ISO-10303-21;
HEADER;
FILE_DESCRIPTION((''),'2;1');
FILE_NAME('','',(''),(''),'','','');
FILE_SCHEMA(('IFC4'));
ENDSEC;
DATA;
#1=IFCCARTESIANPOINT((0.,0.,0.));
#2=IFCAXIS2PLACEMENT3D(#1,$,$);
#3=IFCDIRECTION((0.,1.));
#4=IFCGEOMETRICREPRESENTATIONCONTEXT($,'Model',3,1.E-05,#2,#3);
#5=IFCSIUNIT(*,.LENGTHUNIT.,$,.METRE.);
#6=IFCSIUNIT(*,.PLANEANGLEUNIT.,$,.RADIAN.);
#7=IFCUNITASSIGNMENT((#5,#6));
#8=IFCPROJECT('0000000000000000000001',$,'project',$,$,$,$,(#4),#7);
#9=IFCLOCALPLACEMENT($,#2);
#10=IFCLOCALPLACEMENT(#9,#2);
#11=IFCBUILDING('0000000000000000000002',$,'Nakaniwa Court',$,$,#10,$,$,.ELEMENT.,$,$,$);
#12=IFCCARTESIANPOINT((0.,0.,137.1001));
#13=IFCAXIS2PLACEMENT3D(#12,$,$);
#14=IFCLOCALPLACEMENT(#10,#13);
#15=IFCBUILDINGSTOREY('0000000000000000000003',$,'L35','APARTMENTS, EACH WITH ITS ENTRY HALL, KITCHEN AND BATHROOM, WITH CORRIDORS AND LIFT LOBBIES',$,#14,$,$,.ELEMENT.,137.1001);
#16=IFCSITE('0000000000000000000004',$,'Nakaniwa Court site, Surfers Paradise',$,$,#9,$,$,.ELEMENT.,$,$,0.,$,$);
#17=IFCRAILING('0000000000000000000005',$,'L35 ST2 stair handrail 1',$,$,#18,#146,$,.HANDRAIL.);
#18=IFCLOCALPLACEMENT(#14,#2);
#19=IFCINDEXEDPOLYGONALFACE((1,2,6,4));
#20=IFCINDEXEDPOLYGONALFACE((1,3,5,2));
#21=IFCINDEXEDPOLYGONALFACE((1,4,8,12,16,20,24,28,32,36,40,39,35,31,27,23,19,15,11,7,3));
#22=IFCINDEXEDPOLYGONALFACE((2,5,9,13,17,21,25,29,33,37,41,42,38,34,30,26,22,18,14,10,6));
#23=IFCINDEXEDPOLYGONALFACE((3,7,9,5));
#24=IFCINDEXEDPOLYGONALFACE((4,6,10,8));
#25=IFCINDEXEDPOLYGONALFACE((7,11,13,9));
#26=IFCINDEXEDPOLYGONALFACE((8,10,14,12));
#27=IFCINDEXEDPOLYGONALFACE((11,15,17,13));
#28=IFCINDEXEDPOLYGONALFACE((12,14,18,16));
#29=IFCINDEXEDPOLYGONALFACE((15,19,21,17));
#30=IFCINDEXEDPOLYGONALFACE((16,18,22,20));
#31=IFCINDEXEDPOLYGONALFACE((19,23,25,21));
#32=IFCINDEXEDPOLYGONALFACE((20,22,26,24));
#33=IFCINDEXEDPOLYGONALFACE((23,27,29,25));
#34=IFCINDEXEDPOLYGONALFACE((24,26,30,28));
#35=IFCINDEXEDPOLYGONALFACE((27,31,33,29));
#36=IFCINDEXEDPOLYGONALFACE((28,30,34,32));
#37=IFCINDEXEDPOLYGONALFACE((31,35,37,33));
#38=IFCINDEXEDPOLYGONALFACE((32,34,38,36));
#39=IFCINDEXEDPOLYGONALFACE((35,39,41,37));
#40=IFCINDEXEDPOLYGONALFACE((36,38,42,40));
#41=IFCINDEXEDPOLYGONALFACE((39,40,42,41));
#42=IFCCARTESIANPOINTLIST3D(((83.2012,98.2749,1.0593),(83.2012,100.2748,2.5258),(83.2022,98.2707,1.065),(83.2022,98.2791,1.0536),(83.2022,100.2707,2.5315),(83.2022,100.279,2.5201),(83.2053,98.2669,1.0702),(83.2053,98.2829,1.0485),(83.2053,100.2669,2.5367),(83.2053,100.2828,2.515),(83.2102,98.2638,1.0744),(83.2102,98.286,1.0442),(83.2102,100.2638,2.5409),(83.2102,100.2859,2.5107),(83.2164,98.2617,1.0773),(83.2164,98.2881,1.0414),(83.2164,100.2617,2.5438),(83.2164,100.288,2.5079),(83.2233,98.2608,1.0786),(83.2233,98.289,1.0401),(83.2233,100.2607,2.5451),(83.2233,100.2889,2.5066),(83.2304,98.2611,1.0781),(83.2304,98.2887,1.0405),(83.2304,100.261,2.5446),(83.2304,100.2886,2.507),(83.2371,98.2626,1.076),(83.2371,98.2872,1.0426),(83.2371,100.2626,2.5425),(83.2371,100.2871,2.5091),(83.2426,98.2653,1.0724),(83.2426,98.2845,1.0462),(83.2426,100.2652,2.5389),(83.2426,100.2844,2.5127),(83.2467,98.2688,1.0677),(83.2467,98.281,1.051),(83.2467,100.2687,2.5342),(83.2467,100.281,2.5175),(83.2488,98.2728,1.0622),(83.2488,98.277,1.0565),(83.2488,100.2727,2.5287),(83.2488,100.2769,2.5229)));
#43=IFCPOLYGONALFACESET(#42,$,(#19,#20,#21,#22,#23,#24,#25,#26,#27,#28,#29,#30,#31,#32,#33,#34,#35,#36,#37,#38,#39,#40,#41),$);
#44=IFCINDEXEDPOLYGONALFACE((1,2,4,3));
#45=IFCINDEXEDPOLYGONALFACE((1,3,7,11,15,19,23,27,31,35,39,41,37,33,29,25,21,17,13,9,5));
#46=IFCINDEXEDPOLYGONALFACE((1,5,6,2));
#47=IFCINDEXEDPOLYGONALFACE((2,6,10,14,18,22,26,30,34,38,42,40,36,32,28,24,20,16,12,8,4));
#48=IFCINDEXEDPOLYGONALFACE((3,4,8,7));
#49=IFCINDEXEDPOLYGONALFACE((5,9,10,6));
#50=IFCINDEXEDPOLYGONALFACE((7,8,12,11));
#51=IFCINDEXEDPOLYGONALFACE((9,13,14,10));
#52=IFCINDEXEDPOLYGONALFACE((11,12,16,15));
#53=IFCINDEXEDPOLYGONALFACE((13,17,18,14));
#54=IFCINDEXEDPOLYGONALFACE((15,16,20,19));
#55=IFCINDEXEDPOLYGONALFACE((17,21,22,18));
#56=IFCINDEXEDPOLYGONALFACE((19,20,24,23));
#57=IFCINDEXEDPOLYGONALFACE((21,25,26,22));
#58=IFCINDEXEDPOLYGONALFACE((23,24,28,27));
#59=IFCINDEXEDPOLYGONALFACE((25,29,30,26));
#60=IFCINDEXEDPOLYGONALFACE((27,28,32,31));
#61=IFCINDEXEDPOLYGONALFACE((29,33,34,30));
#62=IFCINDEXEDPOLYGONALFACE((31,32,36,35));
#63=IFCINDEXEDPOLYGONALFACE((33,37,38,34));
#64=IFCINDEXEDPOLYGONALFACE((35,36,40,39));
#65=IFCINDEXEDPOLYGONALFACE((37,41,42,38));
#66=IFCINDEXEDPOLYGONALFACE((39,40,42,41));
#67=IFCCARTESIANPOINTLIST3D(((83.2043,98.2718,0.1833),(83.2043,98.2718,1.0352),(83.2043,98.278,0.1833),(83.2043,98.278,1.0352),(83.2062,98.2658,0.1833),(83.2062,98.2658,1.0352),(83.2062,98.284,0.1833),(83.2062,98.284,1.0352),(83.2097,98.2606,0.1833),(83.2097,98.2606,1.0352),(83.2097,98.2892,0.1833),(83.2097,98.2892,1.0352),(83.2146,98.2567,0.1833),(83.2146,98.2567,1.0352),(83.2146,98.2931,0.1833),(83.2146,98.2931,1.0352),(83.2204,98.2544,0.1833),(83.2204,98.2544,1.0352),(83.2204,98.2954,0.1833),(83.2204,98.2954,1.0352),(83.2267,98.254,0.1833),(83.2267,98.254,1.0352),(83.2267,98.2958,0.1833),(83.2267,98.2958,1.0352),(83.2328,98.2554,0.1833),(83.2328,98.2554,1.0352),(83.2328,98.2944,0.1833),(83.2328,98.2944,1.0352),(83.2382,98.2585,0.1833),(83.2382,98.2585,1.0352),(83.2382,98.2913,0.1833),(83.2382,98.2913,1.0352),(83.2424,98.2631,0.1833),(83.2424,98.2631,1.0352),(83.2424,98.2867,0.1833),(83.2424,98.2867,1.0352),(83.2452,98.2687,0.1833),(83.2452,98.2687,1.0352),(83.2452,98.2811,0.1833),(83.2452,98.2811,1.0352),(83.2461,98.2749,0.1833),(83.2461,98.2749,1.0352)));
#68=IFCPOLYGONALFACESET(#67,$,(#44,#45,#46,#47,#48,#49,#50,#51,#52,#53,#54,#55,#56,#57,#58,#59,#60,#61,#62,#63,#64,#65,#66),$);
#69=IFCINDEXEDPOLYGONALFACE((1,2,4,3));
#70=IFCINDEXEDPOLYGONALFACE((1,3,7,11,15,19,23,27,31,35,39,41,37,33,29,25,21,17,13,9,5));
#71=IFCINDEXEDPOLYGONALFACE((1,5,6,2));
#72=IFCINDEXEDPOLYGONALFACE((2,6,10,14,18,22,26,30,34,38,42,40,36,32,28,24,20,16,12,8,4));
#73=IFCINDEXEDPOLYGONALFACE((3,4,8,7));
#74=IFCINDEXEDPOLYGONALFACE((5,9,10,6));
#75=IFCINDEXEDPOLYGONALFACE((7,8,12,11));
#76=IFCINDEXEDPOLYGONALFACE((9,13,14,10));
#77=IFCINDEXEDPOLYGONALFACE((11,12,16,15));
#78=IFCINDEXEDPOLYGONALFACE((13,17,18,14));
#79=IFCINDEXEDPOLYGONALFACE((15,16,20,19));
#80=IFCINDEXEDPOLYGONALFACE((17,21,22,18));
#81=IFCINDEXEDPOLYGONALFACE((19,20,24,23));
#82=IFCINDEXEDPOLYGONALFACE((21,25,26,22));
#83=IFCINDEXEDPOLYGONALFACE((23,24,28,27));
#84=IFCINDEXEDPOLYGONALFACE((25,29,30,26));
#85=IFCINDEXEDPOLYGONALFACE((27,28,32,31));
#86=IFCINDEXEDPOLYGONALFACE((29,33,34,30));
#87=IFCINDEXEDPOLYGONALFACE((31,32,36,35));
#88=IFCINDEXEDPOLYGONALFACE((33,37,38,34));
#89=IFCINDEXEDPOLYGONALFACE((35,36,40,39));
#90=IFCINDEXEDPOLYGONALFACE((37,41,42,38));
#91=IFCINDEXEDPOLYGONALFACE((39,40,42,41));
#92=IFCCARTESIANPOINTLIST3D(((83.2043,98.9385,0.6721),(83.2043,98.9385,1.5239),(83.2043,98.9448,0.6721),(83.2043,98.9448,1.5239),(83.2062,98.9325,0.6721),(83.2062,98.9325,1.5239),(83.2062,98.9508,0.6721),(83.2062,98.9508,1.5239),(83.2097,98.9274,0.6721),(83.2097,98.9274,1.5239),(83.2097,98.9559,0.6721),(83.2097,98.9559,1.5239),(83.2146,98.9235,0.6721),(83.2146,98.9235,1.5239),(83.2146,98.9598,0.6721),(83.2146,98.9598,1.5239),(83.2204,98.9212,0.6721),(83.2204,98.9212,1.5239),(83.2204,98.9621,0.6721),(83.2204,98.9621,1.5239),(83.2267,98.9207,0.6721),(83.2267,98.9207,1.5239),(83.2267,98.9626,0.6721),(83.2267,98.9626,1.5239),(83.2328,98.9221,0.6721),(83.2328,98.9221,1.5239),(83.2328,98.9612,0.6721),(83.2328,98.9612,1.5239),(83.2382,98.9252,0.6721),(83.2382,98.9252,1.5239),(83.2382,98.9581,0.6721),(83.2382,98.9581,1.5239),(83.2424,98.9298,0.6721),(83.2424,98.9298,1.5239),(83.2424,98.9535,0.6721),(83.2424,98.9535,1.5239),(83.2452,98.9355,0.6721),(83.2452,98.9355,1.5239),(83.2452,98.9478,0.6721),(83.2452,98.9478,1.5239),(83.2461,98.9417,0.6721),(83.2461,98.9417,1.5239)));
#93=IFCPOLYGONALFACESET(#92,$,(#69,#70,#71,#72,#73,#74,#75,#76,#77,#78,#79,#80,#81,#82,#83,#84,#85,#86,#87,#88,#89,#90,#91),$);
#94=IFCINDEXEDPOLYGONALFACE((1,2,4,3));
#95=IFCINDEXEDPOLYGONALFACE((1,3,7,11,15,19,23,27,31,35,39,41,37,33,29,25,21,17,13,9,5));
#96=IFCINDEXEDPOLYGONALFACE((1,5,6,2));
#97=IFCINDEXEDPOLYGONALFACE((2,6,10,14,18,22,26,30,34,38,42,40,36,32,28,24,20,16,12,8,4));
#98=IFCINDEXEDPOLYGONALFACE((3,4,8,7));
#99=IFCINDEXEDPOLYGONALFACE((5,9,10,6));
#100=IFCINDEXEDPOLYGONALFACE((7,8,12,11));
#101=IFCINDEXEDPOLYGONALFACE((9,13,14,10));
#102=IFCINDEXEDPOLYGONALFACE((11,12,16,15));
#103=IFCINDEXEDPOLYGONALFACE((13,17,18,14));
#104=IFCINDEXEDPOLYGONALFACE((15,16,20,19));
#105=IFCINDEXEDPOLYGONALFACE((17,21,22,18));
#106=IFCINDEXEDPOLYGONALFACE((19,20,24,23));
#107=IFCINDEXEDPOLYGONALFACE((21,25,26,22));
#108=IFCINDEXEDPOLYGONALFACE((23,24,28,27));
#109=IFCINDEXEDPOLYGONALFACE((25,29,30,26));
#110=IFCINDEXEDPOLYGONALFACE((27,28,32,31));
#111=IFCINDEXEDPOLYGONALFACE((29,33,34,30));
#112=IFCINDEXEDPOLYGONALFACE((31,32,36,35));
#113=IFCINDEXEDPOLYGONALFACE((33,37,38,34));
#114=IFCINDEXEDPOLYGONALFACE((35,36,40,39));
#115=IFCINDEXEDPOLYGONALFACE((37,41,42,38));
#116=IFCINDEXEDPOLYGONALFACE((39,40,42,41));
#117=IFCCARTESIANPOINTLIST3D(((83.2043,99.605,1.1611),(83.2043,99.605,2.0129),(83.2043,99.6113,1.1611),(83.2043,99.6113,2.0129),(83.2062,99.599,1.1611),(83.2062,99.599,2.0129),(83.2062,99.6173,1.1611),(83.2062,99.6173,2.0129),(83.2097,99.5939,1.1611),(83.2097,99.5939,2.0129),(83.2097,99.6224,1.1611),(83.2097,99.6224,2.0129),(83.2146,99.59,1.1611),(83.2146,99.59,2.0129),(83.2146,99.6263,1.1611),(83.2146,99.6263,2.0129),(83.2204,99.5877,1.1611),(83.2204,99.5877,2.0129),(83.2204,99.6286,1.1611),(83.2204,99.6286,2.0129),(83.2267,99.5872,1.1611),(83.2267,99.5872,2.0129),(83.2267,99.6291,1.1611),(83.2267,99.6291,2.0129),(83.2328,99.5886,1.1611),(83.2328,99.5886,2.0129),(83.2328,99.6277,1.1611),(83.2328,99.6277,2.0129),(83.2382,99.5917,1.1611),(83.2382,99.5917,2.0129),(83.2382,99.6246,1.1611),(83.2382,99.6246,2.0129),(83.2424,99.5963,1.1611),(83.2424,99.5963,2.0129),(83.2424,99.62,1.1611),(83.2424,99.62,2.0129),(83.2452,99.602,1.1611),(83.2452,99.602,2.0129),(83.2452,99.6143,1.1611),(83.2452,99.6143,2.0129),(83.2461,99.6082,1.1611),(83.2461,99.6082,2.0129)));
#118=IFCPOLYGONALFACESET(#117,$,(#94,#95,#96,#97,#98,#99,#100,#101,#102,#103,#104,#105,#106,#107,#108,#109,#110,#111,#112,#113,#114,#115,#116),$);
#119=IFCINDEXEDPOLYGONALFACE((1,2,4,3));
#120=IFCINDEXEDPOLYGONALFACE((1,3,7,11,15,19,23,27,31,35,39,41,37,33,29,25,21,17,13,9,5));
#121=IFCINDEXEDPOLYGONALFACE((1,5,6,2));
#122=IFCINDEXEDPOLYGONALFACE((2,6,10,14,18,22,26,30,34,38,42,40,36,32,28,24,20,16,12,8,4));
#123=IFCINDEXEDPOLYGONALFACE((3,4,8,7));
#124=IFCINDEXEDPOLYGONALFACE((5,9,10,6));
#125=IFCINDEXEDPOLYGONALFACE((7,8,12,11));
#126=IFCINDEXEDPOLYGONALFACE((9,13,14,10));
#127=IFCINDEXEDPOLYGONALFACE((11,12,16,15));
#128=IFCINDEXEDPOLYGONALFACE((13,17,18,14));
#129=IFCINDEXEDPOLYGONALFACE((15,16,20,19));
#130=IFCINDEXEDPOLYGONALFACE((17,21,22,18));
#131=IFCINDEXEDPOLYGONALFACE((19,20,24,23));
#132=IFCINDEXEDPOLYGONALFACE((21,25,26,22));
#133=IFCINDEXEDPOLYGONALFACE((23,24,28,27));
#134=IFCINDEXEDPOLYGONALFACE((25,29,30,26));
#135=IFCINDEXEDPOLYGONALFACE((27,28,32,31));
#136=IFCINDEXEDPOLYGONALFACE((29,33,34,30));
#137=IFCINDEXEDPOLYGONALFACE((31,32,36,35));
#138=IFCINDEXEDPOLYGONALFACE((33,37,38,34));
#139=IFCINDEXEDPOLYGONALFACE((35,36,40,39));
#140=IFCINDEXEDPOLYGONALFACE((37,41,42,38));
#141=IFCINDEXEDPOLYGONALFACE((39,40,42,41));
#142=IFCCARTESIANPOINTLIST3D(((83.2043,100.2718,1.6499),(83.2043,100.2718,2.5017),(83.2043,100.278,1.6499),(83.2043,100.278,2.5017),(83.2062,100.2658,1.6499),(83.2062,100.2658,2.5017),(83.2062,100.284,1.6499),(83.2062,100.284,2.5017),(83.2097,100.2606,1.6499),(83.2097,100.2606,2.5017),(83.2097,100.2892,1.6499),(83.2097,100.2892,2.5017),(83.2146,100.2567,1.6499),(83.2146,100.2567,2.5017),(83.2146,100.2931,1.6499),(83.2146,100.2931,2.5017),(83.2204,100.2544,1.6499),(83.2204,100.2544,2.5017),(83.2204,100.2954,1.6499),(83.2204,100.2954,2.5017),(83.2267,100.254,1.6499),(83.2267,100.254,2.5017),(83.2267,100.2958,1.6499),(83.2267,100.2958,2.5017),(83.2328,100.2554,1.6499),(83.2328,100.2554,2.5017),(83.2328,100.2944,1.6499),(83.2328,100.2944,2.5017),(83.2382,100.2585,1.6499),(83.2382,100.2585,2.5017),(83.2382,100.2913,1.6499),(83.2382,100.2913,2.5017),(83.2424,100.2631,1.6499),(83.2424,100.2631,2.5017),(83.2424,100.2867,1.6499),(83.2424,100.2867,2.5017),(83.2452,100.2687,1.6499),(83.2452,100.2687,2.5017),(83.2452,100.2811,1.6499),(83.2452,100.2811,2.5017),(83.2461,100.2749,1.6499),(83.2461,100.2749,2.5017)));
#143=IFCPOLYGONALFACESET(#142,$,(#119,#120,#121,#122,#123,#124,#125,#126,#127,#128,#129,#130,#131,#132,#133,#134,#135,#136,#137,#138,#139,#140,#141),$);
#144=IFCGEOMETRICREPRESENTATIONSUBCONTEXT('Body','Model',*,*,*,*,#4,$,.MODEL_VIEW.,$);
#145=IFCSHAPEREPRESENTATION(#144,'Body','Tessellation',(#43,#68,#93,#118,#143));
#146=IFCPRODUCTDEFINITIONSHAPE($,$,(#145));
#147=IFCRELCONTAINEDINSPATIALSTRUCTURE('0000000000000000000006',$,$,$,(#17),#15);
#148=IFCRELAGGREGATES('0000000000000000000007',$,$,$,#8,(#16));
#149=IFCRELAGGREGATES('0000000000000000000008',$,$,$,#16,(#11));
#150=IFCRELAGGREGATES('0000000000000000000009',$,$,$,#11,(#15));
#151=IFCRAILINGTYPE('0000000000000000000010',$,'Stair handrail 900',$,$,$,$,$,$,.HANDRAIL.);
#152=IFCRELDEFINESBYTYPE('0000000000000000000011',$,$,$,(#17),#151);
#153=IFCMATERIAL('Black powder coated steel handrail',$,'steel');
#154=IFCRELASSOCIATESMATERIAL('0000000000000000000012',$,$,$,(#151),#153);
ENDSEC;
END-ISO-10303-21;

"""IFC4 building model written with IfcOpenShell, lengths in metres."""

from ifc_helpers import new_model, si_unit, direction, frame, origin, origin_2d, place, context, subcontext, project, spatial, circle, extrude, material, type_object, element, save


model = new_model("IFC4")

# Units and contexts
model_context = context("Model", 3, precision=1e-05, world=origin(), true_north=direction((0.0, 1.0)))
body_context = subcontext(model_context, "Body", "Model", "MODEL_VIEW")
ifc_project = project(units=[si_unit("LENGTHUNIT", "METRE"), si_unit("PLANEANGLEUNIT", "RADIAN")], contexts=[model_context])

# Site, building, storey
site_placement = place(None, origin())
site = spatial("IfcSite", under=ifc_project, at=site_placement, Name="Nakaniwa Court site, Surfers Paradise", CompositionType="ELEMENT", RefElevation=0.0)
building_placement = place(site_placement, origin())
building = spatial("IfcBuilding", under=site, at=building_placement, Name="Nakaniwa Court", CompositionType="ELEMENT")
storey_placement = place(building_placement, frame((0.0, 0.0, 137.1001)))
storey = spatial("IfcBuildingStorey", under=building, at=storey_placement, Name="L35", Description="APARTMENTS, EACH WITH ITS ENTRY HALL, KITCHEN AND BATHROOM, WITH CORRIDORS AND LIFT LOBBIES", CompositionType="ELEMENT", Elevation=137.1001)

# Railing
ifc_material_1 = material(Name="Black powder coated steel handrail", Category="steel")
railing_type_1 = type_object("IfcRailingType", Name="Stair handrail 900", PredefinedType="HANDRAIL", material=ifc_material_1)
railing_1_placement = place(storey_placement, frame((83.2251, 98.2749, 0.1833)))
element("IfcRailing", 1, at=railing_1_placement, inside=storey, type_object=railing_type_1, Name="L35 ST2 stair handrail 1", PredefinedType="HANDRAIL", context=body_context, shape_type="SweptSolid", body=[
    extrude(circle(Radius=0.0239, at=origin_2d()), frame((0.0, 0.0, 0.876), z_axis=(0.0, 0.806427, 0.591334), x_axis=(-1.0, 0.0, 0.0)), (0.0, 0.0, 1.0), 2.48),
    extrude(circle(Radius=0.021, at=origin_2d()), origin(), (0.0, 0.0, 1.0), 0.8518),
    extrude(circle(Radius=0.021, at=origin_2d()), frame((0.0, 0.6667, 0.4888)), (0.0, 0.0, 1.0), 0.8518),
    extrude(circle(Radius=0.021, at=origin_2d()), frame((0.0, 1.3333, 0.9778)), (0.0, 0.0, 1.0), 0.8518),
    extrude(circle(Radius=0.021, at=origin_2d()), frame((0.0, 2.0, 1.4666)), (0.0, 0.0, 1.0), 0.8518),
])

save(model, "model.ifc")
